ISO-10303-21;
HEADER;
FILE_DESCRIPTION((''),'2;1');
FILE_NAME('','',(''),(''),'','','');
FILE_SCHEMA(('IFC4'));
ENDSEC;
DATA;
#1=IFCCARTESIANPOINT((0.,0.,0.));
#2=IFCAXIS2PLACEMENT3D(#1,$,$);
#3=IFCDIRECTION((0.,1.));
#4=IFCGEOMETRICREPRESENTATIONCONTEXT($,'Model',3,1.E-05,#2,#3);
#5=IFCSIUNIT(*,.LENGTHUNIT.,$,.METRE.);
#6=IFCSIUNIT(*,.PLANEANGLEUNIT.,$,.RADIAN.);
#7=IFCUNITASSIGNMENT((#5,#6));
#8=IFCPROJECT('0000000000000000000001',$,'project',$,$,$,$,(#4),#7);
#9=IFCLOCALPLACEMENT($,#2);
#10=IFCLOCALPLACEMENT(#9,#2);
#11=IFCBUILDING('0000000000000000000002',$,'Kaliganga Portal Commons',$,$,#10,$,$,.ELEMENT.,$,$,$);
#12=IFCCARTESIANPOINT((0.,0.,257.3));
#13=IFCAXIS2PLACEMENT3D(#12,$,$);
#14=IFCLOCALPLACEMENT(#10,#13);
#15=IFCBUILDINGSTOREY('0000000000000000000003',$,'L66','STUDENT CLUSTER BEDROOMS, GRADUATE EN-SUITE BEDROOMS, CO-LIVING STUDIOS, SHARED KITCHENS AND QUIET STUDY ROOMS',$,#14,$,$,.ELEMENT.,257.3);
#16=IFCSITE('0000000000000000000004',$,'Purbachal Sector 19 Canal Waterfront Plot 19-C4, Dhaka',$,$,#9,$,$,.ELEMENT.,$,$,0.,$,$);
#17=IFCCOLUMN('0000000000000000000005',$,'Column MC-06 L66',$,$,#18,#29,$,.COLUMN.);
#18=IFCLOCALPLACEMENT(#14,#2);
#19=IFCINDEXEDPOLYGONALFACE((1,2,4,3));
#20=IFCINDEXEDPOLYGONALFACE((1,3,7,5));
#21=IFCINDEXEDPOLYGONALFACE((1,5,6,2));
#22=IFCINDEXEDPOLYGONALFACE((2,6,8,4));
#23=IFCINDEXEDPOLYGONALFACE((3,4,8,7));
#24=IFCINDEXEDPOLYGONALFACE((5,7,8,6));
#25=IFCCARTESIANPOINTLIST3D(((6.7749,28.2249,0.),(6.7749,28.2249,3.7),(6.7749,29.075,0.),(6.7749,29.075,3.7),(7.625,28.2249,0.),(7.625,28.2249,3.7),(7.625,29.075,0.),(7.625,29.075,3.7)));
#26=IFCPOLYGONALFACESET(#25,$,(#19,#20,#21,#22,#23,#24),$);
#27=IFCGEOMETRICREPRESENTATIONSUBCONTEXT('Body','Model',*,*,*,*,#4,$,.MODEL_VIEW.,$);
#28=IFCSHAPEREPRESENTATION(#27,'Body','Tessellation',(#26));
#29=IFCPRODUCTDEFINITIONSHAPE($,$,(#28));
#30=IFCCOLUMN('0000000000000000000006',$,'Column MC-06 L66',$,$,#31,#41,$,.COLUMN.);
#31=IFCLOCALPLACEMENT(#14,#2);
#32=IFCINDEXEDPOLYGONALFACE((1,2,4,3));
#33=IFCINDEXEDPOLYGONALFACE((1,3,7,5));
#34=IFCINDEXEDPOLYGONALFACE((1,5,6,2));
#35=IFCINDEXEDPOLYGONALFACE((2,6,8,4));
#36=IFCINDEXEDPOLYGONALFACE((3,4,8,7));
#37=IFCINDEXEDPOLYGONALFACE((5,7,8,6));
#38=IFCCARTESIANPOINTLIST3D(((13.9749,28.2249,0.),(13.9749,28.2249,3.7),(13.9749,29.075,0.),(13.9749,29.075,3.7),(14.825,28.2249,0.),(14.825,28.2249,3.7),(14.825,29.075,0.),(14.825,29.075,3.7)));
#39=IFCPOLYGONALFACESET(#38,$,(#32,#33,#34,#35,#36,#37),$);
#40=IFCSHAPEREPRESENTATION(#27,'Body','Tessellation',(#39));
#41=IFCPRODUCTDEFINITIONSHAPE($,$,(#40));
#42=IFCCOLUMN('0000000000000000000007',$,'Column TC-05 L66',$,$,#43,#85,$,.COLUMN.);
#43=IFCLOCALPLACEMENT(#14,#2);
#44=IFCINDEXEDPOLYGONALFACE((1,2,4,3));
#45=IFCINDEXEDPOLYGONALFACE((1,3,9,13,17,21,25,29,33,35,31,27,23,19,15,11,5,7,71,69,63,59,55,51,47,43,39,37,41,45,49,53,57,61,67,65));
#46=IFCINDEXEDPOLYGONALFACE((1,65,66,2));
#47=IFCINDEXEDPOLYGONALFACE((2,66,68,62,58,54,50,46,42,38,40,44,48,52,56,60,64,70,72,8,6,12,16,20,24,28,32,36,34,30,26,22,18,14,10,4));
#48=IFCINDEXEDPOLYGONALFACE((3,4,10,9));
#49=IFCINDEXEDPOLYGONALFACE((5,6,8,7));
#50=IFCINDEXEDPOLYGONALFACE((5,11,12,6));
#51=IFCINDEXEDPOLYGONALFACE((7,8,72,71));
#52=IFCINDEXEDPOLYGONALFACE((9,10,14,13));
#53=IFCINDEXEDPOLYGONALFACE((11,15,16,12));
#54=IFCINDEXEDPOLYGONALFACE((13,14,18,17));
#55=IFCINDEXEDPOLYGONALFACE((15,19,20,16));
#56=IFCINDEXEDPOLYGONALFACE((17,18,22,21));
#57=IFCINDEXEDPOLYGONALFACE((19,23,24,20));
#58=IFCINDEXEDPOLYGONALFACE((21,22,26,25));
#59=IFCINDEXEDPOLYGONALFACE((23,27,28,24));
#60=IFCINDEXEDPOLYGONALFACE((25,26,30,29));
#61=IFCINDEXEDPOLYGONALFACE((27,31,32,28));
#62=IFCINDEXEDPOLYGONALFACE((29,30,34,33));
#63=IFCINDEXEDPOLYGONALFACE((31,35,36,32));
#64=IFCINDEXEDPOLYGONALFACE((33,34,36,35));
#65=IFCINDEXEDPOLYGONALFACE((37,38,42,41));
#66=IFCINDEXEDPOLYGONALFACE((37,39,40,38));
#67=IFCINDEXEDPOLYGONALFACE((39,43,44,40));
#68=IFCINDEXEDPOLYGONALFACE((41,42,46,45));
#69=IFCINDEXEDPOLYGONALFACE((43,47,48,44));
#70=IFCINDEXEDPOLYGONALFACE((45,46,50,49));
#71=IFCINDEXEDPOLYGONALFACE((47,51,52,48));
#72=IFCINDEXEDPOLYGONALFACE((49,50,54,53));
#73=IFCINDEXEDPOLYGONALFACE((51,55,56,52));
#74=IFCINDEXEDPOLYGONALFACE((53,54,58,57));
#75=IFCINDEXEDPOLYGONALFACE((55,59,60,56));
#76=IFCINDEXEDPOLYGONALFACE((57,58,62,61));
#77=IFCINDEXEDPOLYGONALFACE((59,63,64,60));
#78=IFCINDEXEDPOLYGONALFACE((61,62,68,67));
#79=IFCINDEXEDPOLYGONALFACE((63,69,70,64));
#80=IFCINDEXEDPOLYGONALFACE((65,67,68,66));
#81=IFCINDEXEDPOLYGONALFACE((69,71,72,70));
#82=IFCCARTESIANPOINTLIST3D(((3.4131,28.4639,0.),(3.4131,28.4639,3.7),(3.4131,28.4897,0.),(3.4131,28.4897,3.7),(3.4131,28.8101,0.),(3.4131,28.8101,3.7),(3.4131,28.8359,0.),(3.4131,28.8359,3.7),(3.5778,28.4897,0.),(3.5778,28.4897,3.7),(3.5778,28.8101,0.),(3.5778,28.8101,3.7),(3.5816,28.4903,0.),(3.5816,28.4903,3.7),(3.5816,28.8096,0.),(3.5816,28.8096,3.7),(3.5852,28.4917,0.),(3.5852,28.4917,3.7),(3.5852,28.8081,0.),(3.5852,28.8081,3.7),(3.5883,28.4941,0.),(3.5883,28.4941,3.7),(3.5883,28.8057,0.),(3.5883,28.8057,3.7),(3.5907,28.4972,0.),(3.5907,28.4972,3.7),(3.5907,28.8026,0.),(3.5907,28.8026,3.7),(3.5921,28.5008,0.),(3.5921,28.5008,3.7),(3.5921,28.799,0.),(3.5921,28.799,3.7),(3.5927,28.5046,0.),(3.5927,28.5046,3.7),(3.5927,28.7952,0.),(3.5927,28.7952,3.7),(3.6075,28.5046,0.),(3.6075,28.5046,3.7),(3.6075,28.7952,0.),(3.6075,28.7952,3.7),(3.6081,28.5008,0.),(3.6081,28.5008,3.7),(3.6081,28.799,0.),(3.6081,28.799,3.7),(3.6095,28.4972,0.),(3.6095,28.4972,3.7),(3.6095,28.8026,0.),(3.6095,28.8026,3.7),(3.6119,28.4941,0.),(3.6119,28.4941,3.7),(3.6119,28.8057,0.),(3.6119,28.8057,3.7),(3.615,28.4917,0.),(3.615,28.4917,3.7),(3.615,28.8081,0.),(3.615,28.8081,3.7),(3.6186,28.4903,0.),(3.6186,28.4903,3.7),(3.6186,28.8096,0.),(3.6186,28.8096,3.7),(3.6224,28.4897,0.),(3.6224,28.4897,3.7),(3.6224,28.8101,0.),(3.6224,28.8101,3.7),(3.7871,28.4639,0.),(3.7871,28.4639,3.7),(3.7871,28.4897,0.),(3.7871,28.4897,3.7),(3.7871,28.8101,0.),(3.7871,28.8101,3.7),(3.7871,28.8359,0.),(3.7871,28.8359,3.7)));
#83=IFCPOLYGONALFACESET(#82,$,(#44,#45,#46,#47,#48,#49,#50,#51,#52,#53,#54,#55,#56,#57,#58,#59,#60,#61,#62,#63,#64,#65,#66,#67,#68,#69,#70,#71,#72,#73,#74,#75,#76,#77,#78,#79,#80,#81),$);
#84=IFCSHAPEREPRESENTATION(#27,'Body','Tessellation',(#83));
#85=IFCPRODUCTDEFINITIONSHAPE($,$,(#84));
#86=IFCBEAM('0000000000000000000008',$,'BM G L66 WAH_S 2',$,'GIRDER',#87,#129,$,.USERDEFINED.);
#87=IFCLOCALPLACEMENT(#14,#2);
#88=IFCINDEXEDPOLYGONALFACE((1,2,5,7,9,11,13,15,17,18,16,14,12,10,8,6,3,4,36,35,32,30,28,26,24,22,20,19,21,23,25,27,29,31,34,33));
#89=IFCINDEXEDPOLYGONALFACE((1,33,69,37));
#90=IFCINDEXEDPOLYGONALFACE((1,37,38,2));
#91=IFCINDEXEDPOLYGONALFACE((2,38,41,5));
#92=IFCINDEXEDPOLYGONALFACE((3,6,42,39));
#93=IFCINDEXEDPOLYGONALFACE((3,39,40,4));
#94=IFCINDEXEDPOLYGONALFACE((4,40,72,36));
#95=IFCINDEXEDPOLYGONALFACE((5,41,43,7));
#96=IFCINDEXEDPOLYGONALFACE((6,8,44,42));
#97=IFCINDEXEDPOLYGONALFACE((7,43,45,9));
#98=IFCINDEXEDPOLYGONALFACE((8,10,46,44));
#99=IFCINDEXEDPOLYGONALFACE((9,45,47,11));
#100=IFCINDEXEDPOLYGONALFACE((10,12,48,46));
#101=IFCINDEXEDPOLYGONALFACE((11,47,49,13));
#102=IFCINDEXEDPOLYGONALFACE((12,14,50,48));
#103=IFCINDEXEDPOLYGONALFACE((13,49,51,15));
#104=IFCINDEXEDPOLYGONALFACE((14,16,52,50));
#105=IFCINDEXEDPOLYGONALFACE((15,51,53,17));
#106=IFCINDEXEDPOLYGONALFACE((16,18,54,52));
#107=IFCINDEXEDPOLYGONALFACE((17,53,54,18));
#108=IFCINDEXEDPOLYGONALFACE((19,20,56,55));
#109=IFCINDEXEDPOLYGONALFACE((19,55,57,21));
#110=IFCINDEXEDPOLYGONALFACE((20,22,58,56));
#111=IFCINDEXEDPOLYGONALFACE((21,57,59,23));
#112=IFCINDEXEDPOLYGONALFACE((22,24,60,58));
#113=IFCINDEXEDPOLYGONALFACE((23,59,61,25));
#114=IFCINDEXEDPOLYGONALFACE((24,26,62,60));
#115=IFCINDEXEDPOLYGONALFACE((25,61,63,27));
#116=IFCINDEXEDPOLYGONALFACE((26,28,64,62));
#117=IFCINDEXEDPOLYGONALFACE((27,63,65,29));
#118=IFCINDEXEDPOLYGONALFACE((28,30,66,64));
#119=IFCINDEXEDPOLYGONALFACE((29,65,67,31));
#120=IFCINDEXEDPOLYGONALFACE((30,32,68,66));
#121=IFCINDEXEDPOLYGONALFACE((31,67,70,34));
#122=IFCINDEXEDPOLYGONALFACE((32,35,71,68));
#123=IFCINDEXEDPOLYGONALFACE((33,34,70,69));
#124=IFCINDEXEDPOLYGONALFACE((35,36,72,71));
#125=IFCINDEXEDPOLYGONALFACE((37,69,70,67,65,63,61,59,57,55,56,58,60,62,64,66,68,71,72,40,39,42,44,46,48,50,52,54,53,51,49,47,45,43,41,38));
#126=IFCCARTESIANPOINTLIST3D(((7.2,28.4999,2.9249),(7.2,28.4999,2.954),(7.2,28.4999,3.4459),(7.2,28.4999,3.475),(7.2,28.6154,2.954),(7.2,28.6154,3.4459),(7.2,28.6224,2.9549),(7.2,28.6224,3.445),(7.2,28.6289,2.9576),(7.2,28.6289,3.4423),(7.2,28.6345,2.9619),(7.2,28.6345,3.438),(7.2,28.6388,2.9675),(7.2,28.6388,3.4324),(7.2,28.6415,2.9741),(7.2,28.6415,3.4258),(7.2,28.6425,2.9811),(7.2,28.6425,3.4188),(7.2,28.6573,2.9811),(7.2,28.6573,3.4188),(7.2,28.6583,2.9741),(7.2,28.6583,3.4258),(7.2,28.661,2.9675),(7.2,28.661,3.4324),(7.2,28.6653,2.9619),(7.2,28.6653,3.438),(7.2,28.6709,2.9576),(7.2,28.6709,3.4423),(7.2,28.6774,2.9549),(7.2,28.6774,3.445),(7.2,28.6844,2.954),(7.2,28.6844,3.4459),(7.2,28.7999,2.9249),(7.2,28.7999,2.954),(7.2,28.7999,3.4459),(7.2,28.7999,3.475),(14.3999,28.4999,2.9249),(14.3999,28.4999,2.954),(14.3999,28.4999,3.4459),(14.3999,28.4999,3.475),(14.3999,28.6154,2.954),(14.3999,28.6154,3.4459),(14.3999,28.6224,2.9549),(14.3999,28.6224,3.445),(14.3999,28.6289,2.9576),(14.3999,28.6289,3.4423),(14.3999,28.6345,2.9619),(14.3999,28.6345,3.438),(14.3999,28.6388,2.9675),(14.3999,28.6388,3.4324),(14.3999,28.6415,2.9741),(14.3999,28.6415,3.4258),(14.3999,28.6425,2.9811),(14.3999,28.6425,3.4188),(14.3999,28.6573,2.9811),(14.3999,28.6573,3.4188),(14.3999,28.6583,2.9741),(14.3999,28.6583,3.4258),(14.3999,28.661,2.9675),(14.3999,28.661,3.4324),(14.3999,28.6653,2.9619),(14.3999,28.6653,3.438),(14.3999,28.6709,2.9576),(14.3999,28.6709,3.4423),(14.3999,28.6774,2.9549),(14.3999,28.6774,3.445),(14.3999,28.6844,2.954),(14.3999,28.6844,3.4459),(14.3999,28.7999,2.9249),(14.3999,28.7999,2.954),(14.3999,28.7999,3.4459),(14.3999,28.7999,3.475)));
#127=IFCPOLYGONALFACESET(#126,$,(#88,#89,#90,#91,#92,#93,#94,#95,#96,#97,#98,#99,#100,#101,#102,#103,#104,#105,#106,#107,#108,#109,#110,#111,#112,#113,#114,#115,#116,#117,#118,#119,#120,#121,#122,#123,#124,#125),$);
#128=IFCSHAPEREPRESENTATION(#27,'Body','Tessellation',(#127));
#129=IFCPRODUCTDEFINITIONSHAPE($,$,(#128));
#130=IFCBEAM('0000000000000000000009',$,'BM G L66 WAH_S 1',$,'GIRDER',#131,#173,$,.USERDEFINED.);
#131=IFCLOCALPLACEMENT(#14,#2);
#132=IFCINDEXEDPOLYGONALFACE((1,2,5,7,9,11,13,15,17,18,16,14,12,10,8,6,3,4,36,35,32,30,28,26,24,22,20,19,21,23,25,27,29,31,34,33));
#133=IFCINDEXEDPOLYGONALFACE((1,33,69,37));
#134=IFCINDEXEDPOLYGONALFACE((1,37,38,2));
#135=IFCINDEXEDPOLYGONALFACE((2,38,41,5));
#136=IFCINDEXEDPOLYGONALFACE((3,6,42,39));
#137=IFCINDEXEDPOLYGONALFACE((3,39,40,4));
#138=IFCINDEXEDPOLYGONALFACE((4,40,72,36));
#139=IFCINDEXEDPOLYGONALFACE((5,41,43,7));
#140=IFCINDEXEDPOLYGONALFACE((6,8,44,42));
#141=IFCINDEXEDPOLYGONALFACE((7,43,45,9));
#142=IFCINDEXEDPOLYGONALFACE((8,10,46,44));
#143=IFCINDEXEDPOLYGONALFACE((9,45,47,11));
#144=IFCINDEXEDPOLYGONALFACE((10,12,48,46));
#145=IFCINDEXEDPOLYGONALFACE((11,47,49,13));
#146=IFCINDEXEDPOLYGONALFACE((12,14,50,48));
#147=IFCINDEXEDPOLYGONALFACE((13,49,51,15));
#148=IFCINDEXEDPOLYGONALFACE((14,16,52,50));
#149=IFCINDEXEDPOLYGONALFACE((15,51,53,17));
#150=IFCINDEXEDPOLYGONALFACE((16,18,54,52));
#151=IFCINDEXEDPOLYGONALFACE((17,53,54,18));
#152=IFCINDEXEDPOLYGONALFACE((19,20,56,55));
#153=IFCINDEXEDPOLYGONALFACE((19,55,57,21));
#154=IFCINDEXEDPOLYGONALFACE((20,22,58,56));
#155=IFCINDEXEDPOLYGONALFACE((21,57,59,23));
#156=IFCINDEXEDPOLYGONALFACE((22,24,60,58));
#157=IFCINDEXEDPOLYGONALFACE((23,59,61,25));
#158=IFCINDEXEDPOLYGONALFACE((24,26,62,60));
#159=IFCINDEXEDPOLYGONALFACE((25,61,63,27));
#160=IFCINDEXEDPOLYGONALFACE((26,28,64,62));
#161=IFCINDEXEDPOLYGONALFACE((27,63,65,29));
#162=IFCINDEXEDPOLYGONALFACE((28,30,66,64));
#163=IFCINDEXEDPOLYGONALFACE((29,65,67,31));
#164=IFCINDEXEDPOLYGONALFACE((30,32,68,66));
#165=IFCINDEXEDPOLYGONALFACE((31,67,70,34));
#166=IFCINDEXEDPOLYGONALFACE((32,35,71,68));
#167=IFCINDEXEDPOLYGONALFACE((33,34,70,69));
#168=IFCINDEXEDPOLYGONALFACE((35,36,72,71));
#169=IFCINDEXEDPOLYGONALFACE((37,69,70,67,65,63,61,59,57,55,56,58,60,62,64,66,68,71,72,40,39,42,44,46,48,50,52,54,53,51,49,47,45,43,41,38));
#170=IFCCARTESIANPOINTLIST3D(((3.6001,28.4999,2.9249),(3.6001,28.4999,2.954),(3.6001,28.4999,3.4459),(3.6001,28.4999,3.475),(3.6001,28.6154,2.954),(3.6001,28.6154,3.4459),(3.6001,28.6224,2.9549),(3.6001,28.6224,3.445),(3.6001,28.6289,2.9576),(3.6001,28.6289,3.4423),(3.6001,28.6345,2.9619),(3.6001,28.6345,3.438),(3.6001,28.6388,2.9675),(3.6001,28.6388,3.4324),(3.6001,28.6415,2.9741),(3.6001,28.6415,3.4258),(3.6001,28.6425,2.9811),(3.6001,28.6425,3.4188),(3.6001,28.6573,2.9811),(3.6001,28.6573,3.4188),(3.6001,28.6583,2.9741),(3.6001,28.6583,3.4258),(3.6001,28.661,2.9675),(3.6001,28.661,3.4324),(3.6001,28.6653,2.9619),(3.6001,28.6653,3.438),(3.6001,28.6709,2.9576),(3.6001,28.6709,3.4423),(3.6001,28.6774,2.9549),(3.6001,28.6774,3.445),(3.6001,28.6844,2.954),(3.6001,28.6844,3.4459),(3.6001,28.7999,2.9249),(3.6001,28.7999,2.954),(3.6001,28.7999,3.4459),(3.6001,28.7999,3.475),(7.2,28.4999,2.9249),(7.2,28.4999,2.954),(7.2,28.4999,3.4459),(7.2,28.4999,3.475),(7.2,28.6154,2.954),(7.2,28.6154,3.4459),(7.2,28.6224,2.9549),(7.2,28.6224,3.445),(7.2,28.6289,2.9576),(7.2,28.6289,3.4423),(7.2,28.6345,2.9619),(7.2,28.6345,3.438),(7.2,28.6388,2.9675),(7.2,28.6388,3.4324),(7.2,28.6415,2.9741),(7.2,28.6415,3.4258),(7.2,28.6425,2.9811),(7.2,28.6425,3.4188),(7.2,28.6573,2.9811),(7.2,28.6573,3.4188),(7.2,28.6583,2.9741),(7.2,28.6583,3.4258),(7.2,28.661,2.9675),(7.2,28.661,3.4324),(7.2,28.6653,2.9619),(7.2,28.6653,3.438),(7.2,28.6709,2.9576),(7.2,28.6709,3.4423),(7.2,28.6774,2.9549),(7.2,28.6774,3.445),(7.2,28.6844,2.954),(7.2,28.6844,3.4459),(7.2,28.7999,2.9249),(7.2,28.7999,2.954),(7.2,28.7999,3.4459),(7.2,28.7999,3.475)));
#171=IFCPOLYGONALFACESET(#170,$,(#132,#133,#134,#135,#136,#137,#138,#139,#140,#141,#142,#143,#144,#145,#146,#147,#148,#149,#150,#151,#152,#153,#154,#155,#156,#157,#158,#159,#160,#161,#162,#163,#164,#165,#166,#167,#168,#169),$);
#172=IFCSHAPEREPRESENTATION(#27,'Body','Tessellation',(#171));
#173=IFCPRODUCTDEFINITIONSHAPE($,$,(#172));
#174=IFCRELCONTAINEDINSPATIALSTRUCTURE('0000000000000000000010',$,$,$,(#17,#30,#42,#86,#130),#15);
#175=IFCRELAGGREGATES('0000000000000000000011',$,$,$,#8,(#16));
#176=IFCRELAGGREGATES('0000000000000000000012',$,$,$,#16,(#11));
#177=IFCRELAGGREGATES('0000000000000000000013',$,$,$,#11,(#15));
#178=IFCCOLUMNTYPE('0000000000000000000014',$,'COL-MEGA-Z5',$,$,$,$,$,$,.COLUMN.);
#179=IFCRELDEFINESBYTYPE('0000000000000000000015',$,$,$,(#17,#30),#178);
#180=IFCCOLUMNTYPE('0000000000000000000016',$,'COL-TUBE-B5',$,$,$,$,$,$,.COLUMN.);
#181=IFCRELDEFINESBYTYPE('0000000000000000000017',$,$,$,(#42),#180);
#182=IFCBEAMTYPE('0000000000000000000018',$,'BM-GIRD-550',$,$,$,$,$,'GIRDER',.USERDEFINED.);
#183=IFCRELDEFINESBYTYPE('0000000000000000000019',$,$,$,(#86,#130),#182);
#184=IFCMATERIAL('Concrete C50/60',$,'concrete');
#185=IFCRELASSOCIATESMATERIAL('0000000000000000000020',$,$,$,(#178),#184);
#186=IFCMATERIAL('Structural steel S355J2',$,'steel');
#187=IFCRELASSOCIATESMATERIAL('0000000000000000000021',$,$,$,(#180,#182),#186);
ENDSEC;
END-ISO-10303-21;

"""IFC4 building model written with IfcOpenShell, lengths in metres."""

from ifc_helpers import new_model, si_unit, direction, frame, origin, origin_2d, place, context, subcontext, project, spatial, rectangle, i_section, extrude, source, transform, mapped, material, material_profile, profile_set, type_object, element, save


model = new_model("IFC4")

# Units and contexts
model_context = context("Model", 3, precision=1e-05, world=origin(), true_north=direction((0.0, 1.0)))
body_context = subcontext(model_context, "Body", "Model", "MODEL_VIEW")
ifc_project = project(units=[si_unit("LENGTHUNIT", "METRE"), si_unit("PLANEANGLEUNIT", "RADIAN")], contexts=[model_context])

# Site, building, storey
site_placement = place(None, origin())
site = spatial("IfcSite", under=ifc_project, at=site_placement, Name="Purbachal Sector 19 Canal Waterfront Plot 19-C4, Dhaka", CompositionType="ELEMENT", RefElevation=0.0)
building_placement = place(site_placement, origin())
building = spatial("IfcBuilding", under=site, at=building_placement, Name="Kaliganga Portal Commons", CompositionType="ELEMENT")
storey_placement = place(building_placement, frame((0.0, 0.0, 257.3)))
storey = spatial("IfcBuildingStorey", under=building, at=storey_placement, Name="L66", Description="STUDENT CLUSTER BEDROOMS, GRADUATE EN-SUITE BEDROOMS, CO-LIVING STUDIOS, SHARED KITCHENS AND QUIET STUDY ROOMS", CompositionType="ELEMENT", Elevation=257.3)

# Columns
ifc_material_1 = material(Name="Concrete C50/60", Category="concrete")
ifc_material_profile_1 = material_profile(ifc_material_1, rectangle(XDim=0.8501, YDim=0.8501, at=origin_2d()), Name="RC 850x850")
ifc_profile_set_1 = profile_set([ifc_material_profile_1], Name="Concrete C50/60")
column_type_1 = type_object("IfcColumnType", Name="COL-MEGA-Z5", PredefinedType="COLUMN", material=ifc_profile_set_1)
shared_shape_1 = source(origin(), body_context, "Body", "SweptSolid", [
    extrude(rectangle(XDim=0.8501, YDim=0.8501, at=origin_2d()), origin(), (0.0, 0.0, 1.0), 3.7),
])
for number, where, z_axis, x_axis, name in (
    (1, (7.2, 28.6499, 0.0), (0.0, 0.0, 1.0), (1.0, 0.0, 0.0), "Column MC-06 L66"),
    (2, (14.3999, 28.6499, 0.0), (0.0, 0.0, 1.0), (1.0, 0.0, 0.0), "Column MC-06 L66"),
):
    element("IfcColumn", number, at=place(storey_placement, frame(where, z_axis=z_axis, x_axis=x_axis)), inside=storey, type_object=column_type_1, Name=name, PredefinedType="COLUMN", context=body_context, shape_type="MappedRepresentation", body=[
        mapped(shared_shape_1, transform((0.0, 0.0, 0.0), x_axis=(1.0, 0.0, 0.0), y_axis=(0.0, 1.0, 0.0), z_axis=(0.0, 0.0, 1.0), scale=1.0)),
    ])
ifc_material_2 = material(Name="Structural steel S355J2", Category="steel")
ifc_material_profile_2 = material_profile(ifc_material_2, i_section(OverallWidth=0.374, OverallDepth=0.3721, WebThickness=0.0149, FlangeThickness=0.0259, FilletRadius=0.0149, at=origin_2d()), Name="HD 360x196")
ifc_profile_set_2 = profile_set([ifc_material_profile_2], Name="Structural steel S355J2 wide-flange")
column_type_2 = type_object("IfcColumnType", Name="COL-TUBE-B5", PredefinedType="COLUMN", material=ifc_profile_set_2)
shared_shape_2 = source(origin(), body_context, "Body", "SweptSolid", [
    extrude(i_section(OverallWidth=0.374, OverallDepth=0.3721, WebThickness=0.0149, FlangeThickness=0.0259, FilletRadius=0.0149, at=origin_2d()), origin(), (0.0, 0.0, 1.0), 3.7),
])
column_placement = place(storey_placement, frame((3.6001, 28.6499, 0.0), z_axis=(0.0, 0.0, 1.0), x_axis=(1.0, 0.0, 0.0)))
element("IfcColumn", 3, at=column_placement, inside=storey, type_object=column_type_2, Name="Column TC-05 L66", PredefinedType="COLUMN", context=body_context, shape_type="MappedRepresentation", body=[
    mapped(shared_shape_2, transform((0.0, 0.0, 0.0), x_axis=(1.0, 0.0, 0.0), y_axis=(0.0, 1.0, 0.0), z_axis=(0.0, 0.0, 1.0), scale=1.0)),
])

# Beams
ifc_material_profile_3 = material_profile(ifc_material_2, i_section(OverallWidth=0.3, OverallDepth=0.55, WebThickness=0.0149, FlangeThickness=0.0291, FilletRadius=0.0271, at=origin_2d()), Name="HE 550 B")
ifc_profile_set_3 = profile_set([ifc_material_profile_3], Name="Structural steel S355J2 wide-flange")
beam_type_1 = type_object("IfcBeamType", Name="BM-GIRD-550", ElementType="GIRDER", PredefinedType="USERDEFINED", material=ifc_profile_set_3)
shared_shape_3 = source(origin(), body_context, "Body", "SweptSolid", [
    extrude(i_section(OverallWidth=0.3, OverallDepth=0.55, WebThickness=0.0149, FlangeThickness=0.0291, FilletRadius=0.0271, at=origin_2d()), origin(), (0.0, 0.0, 1.0), 7.2),
])
beam_1_placement = place(storey_placement, frame((7.2, 28.6499, 3.2), z_axis=(1.0, 0.0, 0.0), x_axis=(0.0, 1.0, 0.0)))
element("IfcBeam", 4, at=beam_1_placement, inside=storey, type_object=beam_type_1, Name="BM G L66 WAH_S 2", ObjectType="GIRDER", PredefinedType="USERDEFINED", context=body_context, shape_type="MappedRepresentation", body=[
    mapped(shared_shape_3, transform((0.0, 0.0, 0.0), x_axis=(1.0, 0.0, 0.0), y_axis=(0.0, 1.0, 0.0), z_axis=(0.0, 0.0, 1.0), scale=1.0)),
])
shared_shape_4 = source(origin(), body_context, "Body", "SweptSolid", [
    extrude(i_section(OverallWidth=0.3, OverallDepth=0.55, WebThickness=0.0149, FlangeThickness=0.0291, FilletRadius=0.0271, at=origin_2d()), origin(), (0.0, 0.0, 1.0), 3.5999),
])
beam_2_placement = place(storey_placement, frame((3.6001, 28.6499, 3.2), z_axis=(1.0, 0.0, 0.0), x_axis=(0.0, 1.0, 0.0)))
element("IfcBeam", 5, at=beam_2_placement, inside=storey, type_object=beam_type_1, Name="BM G L66 WAH_S 1", ObjectType="GIRDER", PredefinedType="USERDEFINED", context=body_context, shape_type="MappedRepresentation", body=[
    mapped(shared_shape_4, transform((0.0, 0.0, 0.0), x_axis=(1.0, 0.0, 0.0), y_axis=(0.0, 1.0, 0.0), z_axis=(0.0, 0.0, 1.0), scale=1.0)),
])

save(model, "model.ifc")
